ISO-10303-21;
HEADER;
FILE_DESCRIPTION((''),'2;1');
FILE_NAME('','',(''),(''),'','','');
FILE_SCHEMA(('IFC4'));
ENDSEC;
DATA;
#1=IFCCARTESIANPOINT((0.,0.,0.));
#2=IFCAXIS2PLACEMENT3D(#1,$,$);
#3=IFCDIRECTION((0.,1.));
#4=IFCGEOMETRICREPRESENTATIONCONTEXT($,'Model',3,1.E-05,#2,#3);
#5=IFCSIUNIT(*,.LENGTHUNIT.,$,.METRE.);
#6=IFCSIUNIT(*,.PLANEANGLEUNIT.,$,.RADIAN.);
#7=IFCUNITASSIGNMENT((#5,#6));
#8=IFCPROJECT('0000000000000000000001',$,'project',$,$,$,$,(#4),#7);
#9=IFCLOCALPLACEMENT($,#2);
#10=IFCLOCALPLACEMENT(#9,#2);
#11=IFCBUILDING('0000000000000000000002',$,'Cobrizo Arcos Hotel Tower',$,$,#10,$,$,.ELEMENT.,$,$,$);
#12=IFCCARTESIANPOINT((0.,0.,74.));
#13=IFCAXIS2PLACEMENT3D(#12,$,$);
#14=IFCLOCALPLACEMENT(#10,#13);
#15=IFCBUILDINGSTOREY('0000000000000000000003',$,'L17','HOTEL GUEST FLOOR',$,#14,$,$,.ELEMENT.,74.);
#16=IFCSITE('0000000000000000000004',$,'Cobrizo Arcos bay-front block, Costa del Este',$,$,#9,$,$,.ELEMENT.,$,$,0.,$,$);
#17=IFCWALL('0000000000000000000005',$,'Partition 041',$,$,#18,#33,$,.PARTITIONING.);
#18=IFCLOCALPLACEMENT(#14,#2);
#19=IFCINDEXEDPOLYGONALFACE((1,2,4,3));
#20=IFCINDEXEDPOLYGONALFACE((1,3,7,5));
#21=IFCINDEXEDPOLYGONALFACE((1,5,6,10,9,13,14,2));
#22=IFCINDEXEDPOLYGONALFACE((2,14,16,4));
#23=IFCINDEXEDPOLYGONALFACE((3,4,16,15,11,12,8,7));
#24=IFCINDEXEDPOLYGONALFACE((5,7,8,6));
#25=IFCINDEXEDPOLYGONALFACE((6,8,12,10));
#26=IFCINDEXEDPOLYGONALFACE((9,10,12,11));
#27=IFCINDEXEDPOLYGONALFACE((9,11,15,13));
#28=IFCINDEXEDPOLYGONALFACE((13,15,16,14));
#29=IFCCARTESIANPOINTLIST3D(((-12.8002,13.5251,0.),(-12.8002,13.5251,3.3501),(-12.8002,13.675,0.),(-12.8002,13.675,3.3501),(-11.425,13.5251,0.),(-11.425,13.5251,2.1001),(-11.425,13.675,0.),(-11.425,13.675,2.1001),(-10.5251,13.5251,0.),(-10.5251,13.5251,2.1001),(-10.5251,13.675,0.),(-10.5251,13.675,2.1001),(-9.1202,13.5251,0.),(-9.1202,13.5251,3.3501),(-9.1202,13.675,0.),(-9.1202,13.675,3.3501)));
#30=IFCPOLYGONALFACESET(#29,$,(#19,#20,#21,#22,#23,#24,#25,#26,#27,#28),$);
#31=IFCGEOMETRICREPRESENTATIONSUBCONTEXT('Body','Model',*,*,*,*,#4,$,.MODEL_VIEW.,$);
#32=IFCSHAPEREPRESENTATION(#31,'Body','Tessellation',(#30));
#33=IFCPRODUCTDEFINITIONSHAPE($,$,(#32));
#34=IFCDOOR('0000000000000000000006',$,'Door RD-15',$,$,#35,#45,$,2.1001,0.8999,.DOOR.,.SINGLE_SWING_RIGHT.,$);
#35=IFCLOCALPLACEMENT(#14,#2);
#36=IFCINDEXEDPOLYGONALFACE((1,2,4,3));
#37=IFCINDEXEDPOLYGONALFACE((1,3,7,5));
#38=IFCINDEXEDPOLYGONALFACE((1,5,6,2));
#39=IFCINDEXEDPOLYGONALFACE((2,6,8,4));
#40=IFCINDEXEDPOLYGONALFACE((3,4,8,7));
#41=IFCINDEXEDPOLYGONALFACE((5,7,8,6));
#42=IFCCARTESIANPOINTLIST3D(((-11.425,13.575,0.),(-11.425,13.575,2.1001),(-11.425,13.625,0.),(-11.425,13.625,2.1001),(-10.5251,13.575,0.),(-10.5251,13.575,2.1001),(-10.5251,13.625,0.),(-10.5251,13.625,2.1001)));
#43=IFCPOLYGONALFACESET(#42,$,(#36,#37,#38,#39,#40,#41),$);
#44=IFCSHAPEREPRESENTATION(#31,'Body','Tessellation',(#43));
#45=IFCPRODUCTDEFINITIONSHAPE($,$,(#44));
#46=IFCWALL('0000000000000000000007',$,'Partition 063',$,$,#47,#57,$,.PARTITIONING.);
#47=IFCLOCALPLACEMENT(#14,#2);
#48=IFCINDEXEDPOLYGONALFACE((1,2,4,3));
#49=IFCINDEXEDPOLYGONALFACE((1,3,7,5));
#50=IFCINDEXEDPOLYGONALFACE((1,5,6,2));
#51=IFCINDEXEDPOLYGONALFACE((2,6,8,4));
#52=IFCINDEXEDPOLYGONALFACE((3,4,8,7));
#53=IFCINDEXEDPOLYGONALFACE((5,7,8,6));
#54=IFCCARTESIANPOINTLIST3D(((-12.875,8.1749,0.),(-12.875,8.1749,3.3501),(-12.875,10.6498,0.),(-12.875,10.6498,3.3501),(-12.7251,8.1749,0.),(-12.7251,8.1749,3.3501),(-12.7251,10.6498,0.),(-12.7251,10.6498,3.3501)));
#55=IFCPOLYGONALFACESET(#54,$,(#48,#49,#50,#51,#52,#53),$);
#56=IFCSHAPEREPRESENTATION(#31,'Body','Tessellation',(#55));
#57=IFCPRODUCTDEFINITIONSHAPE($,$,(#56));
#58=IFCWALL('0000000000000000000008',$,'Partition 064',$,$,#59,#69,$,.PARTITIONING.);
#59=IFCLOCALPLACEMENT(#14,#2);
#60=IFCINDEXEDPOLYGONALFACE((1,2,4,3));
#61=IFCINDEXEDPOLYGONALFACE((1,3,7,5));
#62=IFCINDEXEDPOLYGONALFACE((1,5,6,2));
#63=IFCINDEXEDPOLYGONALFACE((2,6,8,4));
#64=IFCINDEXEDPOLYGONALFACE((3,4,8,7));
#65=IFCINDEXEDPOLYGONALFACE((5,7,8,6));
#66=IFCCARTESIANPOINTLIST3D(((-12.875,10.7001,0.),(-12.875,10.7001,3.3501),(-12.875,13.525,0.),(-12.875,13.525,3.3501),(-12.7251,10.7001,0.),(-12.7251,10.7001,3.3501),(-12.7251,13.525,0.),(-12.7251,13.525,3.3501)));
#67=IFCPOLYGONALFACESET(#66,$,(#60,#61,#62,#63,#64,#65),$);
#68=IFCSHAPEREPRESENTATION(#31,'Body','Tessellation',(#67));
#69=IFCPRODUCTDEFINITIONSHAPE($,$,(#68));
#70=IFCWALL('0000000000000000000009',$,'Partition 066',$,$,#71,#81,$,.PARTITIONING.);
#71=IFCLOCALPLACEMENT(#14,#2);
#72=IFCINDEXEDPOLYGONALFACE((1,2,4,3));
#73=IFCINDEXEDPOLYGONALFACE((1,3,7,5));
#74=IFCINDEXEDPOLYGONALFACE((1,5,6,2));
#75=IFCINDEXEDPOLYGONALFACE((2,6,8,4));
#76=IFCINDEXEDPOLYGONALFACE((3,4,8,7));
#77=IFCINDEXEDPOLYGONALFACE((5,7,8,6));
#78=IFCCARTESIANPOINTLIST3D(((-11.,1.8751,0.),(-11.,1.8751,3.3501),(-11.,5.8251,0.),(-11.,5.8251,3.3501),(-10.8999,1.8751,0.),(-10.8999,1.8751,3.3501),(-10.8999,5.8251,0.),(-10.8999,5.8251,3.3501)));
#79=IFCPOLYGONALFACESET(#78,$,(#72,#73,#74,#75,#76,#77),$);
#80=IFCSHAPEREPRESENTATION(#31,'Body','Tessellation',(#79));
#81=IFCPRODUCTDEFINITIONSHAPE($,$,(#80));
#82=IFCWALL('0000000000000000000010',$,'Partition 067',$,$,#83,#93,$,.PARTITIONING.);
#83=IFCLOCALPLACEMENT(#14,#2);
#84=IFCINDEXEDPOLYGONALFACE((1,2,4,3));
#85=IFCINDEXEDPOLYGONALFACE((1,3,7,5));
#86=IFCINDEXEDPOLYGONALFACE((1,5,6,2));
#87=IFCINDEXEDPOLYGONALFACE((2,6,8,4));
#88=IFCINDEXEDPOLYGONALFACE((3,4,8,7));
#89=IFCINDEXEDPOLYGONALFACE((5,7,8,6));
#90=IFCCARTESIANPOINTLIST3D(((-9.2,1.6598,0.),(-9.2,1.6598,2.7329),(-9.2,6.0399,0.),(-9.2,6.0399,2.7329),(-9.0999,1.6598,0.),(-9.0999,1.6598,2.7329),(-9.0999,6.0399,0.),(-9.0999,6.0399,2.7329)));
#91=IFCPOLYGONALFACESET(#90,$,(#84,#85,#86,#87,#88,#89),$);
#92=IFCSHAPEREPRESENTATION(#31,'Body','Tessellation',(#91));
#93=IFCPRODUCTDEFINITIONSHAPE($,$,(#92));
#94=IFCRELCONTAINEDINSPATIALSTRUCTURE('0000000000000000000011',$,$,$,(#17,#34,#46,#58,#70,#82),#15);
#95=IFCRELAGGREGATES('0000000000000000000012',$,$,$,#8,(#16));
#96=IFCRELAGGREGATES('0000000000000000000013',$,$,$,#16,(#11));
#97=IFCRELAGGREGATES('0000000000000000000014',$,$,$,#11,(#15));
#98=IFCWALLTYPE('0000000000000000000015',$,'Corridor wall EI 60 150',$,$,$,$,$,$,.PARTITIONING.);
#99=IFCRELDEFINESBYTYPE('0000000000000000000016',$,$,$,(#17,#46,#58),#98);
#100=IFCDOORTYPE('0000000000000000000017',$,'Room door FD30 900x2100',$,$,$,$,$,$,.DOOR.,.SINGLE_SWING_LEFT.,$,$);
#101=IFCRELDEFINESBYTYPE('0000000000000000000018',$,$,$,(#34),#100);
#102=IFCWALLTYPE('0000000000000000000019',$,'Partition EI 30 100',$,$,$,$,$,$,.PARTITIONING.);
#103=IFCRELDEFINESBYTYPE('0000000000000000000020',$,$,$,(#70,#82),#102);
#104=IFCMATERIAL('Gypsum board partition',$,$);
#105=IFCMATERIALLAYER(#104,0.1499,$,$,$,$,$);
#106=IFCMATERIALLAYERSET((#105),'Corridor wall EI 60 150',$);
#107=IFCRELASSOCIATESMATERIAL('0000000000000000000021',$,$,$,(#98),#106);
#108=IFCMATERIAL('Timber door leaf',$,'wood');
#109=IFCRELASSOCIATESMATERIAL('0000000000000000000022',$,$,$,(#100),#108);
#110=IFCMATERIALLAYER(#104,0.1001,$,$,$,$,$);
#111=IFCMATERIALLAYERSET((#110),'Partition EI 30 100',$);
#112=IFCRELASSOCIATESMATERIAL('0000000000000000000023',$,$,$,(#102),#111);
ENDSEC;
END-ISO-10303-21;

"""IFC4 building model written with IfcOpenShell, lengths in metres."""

from ifc_helpers import new_model, si_unit, direction, frame, frame_2d, origin, place, context, subcontext, project, spatial, rectangle, extrude, material, layer, layer_set, type_object, element, fill, save


model = new_model("IFC4")

# Units and contexts
model_context = context("Model", 3, precision=1e-05, world=origin(), true_north=direction((0.0, 1.0)))
body_context = subcontext(model_context, "Body", "Model", "MODEL_VIEW")
ifc_project = project(units=[si_unit("LENGTHUNIT", "METRE"), si_unit("PLANEANGLEUNIT", "RADIAN")], contexts=[model_context])

# Site, building, storey
site_placement = place(None, origin())
site = spatial("IfcSite", under=ifc_project, at=site_placement, Name="Cobrizo Arcos bay-front block, Costa del Este", CompositionType="ELEMENT", RefElevation=0.0)
building_placement = place(site_placement, origin())
building = spatial("IfcBuilding", under=site, at=building_placement, Name="Cobrizo Arcos Hotel Tower", CompositionType="ELEMENT")
storey_placement = place(building_placement, frame((0.0, 0.0, 74.0)))
storey = spatial("IfcBuildingStorey", under=building, at=storey_placement, Name="L17", Description="HOTEL GUEST FLOOR", CompositionType="ELEMENT", Elevation=74.0)

# Shared definitions
ifc_material_1 = material(Name="Gypsum board partition")
ifc_layer_1 = layer(ifc_material_1, 0.1499)
ifc_layer_set_1 = layer_set([ifc_layer_1], Name="Corridor wall EI 60 150")
wall_type_1 = type_object("IfcWallType", Name="Corridor wall EI 60 150", PredefinedType="PARTITIONING", material=ifc_layer_set_1)

# Shared definitions
ifc_material_2 = material(Name="Timber door leaf", Category="wood")

# Wall, opening, door
wall_1_placement = place(storey_placement, frame((-12.8, 13.6001, 0.0), z_axis=(0.0, 0.0, 1.0), x_axis=(1.0, 0.0, 0.0)))
wall_1 = element("IfcWall", 1, at=wall_1_placement, inside=storey, type_object=wall_type_1, Name="Partition 041", PredefinedType="PARTITIONING", context=body_context, shape_type="SweptSolid", body=[
    extrude(rectangle(XDim=3.6799, YDim=0.1499, at=frame_2d((1.8398, 0.0))), origin(), (0.0, 0.0, 1.0), 3.3501),
])
opening_1_placement = place(wall_1_placement, frame((1.375, 0.0, 0.0)))
opening_1 = element("IfcOpeningElement", 2, at=opening_1_placement, cuts=wall_1, PredefinedType="OPENING", context=body_context, shape_type="SweptSolid", body=[
    extrude(rectangle(XDim=0.8999, YDim=2.1001, at=frame_2d((0.45, 1.05))), frame((0.0, 0.0869, 0.0), z_axis=(0.0, -1.0, 0.0), x_axis=(1.0, 0.0, 0.0)), (0.0, 0.0, 1.0), 0.1738),
])
door_type_1 = type_object("IfcDoorType", Name="Room door FD30 900x2100", OperationType="SINGLE_SWING_LEFT", PredefinedType="DOOR", material=ifc_material_2)
door_1_placement = place(opening_1_placement, origin())
door_1 = element("IfcDoor", 3, at=door_1_placement, inside=storey, type_object=door_type_1, Name="Door RD-15", OperationType="SINGLE_SWING_RIGHT", OverallHeight=2.1001, OverallWidth=0.8999, PredefinedType="DOOR", context=body_context, shape_type="SweptSolid", body=[
    extrude(rectangle(XDim=0.8999, YDim=2.1001, at=frame_2d((0.45, 1.05))), frame((0.0, 0.0249, 0.0), z_axis=(0.0, -1.0, 0.0), x_axis=(1.0, 0.0, 0.0)), (0.0, 0.0, 1.0), 0.05),
])
fill(opening_1, door_1)

# Walls
wall_2_placement = place(storey_placement, frame((-12.8, 8.175, 0.0), z_axis=(0.0, 0.0, 1.0), x_axis=(0.0, 1.0, 0.0)))
element("IfcWall", 4, at=wall_2_placement, inside=storey, type_object=wall_type_1, Name="Partition 063", PredefinedType="PARTITIONING", context=body_context, shape_type="SweptSolid", body=[
    extrude(rectangle(XDim=2.4749, YDim=0.1499, at=frame_2d((1.2373, 0.0))), origin(), (0.0, 0.0, 1.0), 3.3501),
])
wall_3_placement = place(storey_placement, frame((-12.8, 10.7, 0.0), z_axis=(0.0, 0.0, 1.0), x_axis=(0.0, 1.0, 0.0)))
element("IfcWall", 5, at=wall_3_placement, inside=storey, type_object=wall_type_1, Name="Partition 064", PredefinedType="PARTITIONING", context=body_context, shape_type="SweptSolid", body=[
    extrude(rectangle(XDim=2.825, YDim=0.1499, at=frame_2d((1.4126, 0.0))), origin(), (0.0, 0.0, 1.0), 3.3501),
])
ifc_layer_2 = layer(ifc_material_1, 0.1001)
ifc_layer_set_2 = layer_set([ifc_layer_2], Name="Partition EI 30 100")
wall_type_2 = type_object("IfcWallType", Name="Partition EI 30 100", PredefinedType="PARTITIONING", material=ifc_layer_set_2)
wall_4_placement = place(storey_placement, frame((-10.95, 1.875, 0.0), z_axis=(0.0, 0.0, 1.0), x_axis=(0.0, 1.0, 0.0)))
element("IfcWall", 6, at=wall_4_placement, inside=storey, type_object=wall_type_2, Name="Partition 066", PredefinedType="PARTITIONING", context=body_context, shape_type="SweptSolid", body=[
    extrude(rectangle(XDim=3.95, YDim=0.1001, at=frame_2d((1.9751, 0.0))), origin(), (0.0, 0.0, 1.0), 3.3501),
])
wall_5_placement = place(storey_placement, frame((-9.1499, 1.6599, 0.0), z_axis=(0.0, 0.0, 1.0), x_axis=(0.0, 1.0, 0.0)))
element("IfcWall", 7, at=wall_5_placement, inside=storey, type_object=wall_type_2, Name="Partition 067", PredefinedType="PARTITIONING", context=body_context, shape_type="SweptSolid", body=[
    extrude(rectangle(XDim=4.3801, YDim=0.1001, at=frame_2d((2.1899, 0.0))), origin(), (0.0, 0.0, 1.0), 2.7329),
])

save(model, "model.ifc")
